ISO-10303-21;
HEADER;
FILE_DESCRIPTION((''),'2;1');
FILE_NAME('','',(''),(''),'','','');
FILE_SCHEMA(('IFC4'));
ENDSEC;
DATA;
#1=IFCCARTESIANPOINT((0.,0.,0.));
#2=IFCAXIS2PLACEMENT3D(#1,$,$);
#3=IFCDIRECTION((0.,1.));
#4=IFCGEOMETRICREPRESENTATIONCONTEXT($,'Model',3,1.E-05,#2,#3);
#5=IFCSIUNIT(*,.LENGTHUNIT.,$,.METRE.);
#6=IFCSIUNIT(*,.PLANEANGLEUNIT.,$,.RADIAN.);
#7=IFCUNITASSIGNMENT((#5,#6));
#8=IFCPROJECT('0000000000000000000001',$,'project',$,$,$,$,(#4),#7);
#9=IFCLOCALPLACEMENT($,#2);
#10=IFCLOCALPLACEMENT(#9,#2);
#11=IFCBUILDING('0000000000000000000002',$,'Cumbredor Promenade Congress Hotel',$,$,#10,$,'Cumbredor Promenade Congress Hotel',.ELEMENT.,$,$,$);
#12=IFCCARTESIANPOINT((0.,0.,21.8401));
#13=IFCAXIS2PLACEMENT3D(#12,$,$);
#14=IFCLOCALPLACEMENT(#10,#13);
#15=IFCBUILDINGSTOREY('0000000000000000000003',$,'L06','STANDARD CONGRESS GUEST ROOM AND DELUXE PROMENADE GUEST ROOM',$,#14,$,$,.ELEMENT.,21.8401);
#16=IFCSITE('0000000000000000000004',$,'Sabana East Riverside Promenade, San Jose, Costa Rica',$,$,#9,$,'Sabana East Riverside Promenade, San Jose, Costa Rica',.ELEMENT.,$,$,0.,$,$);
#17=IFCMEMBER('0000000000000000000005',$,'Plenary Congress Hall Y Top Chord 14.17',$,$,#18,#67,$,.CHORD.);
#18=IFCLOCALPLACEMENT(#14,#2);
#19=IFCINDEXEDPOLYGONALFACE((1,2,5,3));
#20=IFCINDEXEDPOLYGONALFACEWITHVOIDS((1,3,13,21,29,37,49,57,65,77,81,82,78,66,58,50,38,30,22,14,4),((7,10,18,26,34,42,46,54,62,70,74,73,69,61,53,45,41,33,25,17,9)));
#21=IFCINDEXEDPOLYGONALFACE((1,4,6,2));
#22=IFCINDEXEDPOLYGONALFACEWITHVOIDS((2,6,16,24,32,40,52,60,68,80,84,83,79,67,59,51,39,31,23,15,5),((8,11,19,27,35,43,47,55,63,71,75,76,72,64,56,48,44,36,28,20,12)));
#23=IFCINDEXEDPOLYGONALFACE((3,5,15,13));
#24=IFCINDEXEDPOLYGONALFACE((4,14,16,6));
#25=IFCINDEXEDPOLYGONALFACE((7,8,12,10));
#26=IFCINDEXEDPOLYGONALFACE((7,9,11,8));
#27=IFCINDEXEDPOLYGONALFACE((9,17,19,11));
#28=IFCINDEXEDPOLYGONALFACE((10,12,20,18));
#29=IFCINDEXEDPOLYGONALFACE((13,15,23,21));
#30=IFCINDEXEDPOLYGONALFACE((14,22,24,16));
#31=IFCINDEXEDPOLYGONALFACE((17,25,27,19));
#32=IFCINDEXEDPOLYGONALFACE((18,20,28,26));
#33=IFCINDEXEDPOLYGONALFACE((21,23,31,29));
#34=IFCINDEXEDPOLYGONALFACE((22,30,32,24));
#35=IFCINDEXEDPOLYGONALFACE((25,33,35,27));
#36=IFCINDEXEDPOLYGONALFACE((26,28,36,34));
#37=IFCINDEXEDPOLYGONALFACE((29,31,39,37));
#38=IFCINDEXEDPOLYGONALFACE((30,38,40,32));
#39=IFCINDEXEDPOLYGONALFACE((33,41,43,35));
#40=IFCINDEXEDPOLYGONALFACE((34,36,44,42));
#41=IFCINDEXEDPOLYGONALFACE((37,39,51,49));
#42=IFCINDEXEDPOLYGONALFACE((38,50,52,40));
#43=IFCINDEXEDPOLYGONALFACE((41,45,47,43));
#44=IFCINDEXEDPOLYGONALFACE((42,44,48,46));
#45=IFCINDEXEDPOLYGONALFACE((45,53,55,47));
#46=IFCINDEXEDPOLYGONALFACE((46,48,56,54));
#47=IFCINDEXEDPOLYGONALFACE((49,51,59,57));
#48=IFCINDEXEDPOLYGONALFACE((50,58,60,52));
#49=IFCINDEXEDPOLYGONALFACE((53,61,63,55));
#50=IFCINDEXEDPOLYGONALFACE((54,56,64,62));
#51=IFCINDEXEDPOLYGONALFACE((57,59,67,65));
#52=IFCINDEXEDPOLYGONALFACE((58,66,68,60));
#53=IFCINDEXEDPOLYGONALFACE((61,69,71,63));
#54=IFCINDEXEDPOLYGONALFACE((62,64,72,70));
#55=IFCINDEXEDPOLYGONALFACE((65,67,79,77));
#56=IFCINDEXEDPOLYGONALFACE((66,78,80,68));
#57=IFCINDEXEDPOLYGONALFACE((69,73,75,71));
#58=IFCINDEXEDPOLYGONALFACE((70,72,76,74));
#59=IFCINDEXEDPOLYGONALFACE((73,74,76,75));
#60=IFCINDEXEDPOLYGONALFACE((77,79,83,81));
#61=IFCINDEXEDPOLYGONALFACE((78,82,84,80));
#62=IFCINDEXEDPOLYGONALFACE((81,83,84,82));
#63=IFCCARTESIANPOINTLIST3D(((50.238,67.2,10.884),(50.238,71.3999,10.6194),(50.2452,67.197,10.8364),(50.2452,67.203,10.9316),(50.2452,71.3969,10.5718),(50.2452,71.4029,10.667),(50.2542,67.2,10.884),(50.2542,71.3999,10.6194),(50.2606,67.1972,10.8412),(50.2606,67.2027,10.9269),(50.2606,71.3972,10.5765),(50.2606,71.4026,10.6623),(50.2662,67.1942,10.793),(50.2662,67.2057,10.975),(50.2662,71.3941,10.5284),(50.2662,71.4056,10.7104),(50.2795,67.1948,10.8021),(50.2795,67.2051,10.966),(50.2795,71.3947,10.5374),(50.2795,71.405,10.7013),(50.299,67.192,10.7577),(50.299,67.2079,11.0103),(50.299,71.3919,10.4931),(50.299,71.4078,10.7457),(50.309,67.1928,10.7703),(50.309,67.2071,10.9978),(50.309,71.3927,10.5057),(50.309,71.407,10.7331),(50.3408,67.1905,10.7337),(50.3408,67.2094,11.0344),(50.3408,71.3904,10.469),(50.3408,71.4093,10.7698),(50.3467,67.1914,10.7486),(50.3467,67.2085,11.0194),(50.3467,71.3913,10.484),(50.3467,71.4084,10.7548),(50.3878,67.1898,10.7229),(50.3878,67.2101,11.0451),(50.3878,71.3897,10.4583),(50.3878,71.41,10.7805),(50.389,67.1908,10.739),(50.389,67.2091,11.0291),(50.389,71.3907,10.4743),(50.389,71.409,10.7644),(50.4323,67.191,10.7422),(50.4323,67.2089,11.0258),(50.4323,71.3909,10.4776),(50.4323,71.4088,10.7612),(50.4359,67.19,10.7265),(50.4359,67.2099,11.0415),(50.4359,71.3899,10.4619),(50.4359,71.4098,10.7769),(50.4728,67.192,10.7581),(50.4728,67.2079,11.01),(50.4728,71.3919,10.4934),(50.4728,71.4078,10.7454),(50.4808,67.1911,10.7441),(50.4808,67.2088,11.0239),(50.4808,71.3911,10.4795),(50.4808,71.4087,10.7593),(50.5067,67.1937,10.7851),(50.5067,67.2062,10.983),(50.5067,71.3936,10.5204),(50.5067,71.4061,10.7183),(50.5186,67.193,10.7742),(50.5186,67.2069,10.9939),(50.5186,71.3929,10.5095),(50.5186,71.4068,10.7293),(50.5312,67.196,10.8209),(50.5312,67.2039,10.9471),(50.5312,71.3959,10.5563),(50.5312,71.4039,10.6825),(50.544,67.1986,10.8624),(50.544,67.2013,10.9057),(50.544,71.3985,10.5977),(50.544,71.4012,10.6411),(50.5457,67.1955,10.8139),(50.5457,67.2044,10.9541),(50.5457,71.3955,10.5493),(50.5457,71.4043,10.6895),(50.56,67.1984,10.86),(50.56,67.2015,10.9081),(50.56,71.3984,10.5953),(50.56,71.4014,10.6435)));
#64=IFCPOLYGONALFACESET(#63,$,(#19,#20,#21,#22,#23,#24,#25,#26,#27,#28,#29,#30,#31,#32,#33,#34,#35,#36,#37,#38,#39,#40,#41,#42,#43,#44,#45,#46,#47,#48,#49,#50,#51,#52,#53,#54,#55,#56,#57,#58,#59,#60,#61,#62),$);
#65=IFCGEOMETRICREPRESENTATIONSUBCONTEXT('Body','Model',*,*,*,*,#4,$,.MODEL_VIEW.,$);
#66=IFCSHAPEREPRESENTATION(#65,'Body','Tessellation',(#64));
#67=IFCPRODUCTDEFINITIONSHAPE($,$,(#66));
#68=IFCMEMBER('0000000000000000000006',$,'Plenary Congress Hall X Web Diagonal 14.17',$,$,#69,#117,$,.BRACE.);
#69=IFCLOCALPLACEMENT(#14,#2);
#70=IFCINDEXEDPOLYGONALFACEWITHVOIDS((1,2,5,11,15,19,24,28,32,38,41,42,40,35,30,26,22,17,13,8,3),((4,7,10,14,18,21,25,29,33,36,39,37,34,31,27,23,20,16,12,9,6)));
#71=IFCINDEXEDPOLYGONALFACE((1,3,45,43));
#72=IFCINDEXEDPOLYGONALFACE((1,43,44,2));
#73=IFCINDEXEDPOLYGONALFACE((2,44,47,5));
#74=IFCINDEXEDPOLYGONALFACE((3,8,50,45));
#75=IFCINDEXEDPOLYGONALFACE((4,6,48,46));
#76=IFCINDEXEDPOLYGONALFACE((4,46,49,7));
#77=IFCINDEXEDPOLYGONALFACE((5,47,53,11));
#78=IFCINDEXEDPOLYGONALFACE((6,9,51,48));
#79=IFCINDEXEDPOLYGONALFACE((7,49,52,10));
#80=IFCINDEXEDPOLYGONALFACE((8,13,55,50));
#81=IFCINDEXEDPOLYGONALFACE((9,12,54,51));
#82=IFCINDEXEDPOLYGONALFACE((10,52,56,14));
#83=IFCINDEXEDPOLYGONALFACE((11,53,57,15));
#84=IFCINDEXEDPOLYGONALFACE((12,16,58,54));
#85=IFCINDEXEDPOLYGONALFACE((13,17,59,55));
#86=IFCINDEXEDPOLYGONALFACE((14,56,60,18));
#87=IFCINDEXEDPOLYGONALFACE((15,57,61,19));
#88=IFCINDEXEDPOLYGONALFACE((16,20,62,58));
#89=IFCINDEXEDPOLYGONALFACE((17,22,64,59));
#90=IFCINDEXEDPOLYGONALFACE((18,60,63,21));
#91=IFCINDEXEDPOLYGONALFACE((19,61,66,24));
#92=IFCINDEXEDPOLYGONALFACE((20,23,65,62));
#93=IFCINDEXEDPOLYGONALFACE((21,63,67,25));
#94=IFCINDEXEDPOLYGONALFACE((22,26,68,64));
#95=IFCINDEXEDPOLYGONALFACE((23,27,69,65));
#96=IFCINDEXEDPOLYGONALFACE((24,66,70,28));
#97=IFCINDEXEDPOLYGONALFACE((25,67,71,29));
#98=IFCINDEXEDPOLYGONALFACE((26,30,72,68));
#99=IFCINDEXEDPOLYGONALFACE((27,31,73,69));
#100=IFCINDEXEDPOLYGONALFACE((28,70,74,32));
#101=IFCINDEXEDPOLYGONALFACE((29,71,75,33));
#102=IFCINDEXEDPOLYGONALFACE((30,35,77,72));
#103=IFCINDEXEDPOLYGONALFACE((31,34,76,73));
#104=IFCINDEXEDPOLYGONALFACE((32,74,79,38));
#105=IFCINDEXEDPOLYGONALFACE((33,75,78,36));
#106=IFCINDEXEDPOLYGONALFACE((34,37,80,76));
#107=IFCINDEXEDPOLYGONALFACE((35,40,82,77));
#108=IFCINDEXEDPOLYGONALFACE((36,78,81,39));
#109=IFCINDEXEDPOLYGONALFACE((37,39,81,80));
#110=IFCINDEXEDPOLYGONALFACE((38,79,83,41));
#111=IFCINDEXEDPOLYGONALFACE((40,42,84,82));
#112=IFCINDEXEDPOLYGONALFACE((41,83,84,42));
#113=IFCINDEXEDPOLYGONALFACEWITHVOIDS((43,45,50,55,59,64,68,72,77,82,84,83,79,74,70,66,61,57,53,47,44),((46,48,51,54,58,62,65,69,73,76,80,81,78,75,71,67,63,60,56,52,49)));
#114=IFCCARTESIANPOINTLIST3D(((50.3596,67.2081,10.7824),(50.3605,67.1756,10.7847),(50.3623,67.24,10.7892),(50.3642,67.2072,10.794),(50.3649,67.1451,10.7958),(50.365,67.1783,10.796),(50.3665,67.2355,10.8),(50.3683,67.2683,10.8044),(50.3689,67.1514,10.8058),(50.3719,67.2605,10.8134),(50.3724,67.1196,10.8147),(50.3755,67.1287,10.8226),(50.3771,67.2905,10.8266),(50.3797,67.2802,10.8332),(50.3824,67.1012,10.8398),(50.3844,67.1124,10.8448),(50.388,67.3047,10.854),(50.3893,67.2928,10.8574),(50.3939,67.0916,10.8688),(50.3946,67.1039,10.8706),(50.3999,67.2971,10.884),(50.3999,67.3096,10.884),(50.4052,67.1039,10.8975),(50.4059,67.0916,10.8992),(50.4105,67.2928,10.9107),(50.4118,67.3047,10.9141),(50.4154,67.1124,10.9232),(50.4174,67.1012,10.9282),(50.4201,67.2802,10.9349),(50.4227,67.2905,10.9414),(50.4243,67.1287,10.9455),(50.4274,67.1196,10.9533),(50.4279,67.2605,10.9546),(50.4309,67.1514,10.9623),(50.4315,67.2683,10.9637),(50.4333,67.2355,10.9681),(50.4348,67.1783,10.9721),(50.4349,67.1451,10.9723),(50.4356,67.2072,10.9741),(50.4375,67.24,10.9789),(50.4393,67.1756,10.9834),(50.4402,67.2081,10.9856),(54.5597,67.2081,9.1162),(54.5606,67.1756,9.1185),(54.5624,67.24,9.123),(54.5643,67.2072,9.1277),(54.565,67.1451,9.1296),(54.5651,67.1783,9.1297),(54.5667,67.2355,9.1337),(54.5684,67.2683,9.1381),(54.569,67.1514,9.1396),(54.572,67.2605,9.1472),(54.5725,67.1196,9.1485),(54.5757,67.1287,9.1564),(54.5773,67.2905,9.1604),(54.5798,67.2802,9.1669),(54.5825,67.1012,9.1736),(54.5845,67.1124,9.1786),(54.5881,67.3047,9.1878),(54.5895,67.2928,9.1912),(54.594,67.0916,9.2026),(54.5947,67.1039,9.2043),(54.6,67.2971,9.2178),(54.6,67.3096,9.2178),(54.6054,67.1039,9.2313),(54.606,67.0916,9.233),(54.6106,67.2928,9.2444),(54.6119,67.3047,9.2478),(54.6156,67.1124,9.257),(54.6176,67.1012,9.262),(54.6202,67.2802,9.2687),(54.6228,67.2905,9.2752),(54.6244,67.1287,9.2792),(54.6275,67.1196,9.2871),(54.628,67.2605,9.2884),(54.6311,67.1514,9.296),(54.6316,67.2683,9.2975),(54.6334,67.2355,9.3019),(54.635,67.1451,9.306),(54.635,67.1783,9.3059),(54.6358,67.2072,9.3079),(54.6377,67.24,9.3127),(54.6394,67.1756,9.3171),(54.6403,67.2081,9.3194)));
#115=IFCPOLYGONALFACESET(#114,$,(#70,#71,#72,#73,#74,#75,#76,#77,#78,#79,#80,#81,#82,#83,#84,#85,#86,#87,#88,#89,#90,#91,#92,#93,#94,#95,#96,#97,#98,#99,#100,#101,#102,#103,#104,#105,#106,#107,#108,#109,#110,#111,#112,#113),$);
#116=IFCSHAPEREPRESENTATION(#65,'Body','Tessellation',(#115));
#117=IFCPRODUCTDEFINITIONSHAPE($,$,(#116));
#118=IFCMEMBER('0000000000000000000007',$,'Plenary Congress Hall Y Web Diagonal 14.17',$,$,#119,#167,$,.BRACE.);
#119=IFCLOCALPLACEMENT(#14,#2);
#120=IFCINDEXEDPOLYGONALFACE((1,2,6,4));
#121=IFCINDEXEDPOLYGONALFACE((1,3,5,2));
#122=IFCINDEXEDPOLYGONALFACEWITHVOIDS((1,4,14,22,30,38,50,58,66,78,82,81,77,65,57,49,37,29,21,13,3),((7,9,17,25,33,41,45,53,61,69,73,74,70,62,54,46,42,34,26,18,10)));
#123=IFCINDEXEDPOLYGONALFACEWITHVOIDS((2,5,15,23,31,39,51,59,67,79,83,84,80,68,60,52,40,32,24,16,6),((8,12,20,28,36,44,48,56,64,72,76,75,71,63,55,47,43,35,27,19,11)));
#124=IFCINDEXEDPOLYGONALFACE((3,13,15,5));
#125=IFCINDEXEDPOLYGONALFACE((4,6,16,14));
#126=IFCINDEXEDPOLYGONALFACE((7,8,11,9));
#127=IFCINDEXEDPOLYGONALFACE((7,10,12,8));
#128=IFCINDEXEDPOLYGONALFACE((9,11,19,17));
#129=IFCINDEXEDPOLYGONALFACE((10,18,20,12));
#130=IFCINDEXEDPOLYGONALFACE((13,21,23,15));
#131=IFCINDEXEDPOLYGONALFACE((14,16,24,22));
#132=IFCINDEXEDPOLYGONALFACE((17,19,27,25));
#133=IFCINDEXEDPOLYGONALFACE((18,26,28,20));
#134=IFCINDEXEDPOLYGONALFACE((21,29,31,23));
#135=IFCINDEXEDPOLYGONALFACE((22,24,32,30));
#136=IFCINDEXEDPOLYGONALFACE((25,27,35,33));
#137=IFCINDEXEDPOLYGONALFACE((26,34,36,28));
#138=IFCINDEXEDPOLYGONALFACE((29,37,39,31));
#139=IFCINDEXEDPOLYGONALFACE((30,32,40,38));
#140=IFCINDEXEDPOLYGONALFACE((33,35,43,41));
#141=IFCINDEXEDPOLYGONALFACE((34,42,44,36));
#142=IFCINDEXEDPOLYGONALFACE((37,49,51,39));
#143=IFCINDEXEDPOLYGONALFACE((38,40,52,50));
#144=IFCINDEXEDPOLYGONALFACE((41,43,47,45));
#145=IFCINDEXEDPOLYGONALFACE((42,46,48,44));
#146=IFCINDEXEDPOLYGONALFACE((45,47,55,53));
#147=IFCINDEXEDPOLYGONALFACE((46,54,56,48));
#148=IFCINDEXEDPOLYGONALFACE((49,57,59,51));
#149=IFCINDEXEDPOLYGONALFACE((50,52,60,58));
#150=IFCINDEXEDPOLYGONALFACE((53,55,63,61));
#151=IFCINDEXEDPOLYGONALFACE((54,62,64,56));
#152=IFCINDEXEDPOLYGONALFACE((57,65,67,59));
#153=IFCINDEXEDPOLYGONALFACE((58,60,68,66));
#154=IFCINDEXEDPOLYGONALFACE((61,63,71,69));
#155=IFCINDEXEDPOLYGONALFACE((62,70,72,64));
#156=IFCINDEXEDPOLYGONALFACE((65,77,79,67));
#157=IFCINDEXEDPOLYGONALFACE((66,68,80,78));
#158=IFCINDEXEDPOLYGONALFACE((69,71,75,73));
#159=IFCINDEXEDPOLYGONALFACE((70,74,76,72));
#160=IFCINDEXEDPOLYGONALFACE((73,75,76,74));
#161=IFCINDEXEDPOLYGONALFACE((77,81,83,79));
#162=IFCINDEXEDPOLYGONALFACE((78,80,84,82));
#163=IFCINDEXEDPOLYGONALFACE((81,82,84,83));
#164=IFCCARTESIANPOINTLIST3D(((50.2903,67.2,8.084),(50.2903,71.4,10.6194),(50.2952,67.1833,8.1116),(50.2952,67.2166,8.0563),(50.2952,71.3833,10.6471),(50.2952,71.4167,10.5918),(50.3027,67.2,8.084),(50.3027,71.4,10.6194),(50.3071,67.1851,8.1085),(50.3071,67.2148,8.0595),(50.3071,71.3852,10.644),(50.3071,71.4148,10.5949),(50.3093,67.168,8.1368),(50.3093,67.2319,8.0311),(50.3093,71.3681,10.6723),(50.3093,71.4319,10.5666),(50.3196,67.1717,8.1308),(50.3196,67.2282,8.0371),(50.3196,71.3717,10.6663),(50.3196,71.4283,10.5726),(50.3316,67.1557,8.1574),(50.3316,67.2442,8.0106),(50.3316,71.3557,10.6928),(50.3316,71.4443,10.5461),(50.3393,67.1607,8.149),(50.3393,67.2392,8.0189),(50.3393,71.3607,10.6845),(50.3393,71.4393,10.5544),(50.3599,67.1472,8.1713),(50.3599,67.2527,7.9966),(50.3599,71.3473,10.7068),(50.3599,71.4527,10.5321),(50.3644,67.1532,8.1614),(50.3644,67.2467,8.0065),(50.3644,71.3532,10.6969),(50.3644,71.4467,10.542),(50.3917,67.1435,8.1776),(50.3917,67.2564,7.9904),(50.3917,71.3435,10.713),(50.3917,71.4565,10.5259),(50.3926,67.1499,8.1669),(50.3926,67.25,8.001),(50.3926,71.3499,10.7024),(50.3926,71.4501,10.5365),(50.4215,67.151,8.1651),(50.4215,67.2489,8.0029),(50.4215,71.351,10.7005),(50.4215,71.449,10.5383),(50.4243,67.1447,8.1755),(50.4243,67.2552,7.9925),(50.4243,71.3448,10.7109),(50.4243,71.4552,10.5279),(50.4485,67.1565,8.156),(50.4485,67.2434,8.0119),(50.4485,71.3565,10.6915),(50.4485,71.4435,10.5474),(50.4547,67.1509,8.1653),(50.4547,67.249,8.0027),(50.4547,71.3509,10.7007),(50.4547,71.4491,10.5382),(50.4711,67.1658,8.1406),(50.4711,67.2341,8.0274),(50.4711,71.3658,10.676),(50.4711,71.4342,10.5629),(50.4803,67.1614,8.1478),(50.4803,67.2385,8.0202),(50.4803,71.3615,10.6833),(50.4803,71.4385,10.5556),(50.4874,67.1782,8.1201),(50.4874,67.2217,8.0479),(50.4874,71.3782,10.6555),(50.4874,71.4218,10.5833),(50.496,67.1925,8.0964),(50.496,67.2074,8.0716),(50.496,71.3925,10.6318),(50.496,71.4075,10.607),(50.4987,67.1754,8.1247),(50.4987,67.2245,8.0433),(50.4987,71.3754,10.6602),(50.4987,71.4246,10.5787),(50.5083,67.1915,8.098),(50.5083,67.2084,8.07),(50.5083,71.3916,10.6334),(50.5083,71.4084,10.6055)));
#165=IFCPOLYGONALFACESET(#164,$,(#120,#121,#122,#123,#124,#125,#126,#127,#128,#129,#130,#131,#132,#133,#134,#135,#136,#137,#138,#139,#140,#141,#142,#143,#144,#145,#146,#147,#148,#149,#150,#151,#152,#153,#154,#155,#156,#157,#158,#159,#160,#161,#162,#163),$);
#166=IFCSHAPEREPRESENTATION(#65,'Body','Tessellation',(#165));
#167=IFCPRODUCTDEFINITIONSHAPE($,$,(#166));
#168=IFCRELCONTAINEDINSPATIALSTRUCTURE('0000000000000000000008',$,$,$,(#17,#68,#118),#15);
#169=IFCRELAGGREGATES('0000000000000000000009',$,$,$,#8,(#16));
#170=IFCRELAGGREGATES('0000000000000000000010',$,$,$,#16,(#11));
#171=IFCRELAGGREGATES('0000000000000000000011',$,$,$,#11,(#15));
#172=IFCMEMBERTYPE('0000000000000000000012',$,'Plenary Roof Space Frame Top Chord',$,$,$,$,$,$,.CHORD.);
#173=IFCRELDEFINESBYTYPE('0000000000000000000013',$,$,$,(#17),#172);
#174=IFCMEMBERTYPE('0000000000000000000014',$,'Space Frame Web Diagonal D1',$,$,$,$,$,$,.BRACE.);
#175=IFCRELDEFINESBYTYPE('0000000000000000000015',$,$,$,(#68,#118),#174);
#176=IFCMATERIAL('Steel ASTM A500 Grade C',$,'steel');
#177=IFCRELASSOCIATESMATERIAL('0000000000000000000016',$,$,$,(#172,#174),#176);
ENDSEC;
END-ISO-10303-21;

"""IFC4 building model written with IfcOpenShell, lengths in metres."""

from ifc_helpers import new_model, si_unit, direction, frame, origin, origin_2d, place, context, subcontext, project, spatial, hollow_circle, extrude, material, material_profile, profile_set, type_object, element, save


model = new_model("IFC4")

# Units and contexts
model_context = context("Model", 3, precision=1e-05, world=origin(), true_north=direction((0.0, 1.0)))
body_context = subcontext(model_context, "Body", "Model", "MODEL_VIEW")
ifc_project = project(units=[si_unit("LENGTHUNIT", "METRE"), si_unit("PLANEANGLEUNIT", "RADIAN")], contexts=[model_context])

# Site, building, storey
site_placement = place(None, origin())
site = spatial("IfcSite", under=ifc_project, at=site_placement, Name="Sabana East Riverside Promenade, San Jose, Costa Rica", LongName="Sabana East Riverside Promenade, San Jose, Costa Rica", CompositionType="ELEMENT", RefElevation=0.0)
building_placement = place(site_placement, origin())
building = spatial("IfcBuilding", under=site, at=building_placement, Name="Cumbredor Promenade Congress Hotel", LongName="Cumbredor Promenade Congress Hotel", CompositionType="ELEMENT")
storey_placement = place(building_placement, frame((0.0, 0.0, 21.8401)))
storey = spatial("IfcBuildingStorey", under=building, at=storey_placement, Name="L06", Description="STANDARD CONGRESS GUEST ROOM AND DELUXE PROMENADE GUEST ROOM", CompositionType="ELEMENT", Elevation=21.8401)

# Members
ifc_material_1 = material(Name="Steel ASTM A500 Grade C", Category="steel")
ifc_material_profile_1 = material_profile(ifc_material_1, hollow_circle(Radius=0.1619, WallThickness=0.0161, at=origin_2d()), Name="CHS 323.9x16")
ifc_profile_set_1 = profile_set([ifc_material_profile_1], Name="Steel ASTM A500 Grade C")
member_type_1 = type_object("IfcMemberType", Name="Plenary Roof Space Frame Top Chord", PredefinedType="CHORD", material=ifc_profile_set_1)
member_1_placement = place(storey_placement, frame((50.3999, 67.2, 10.884), z_axis=(0.0, 0.998021, -0.062888), x_axis=(-1.0, 0.0, 0.0)))
element("IfcMember", 1, at=member_1_placement, inside=storey, type_object=member_type_1, Name="Plenary Congress Hall Y Top Chord 14.17", PredefinedType="CHORD", context=body_context, shape_type="SweptSolid", body=[
    extrude(hollow_circle(Radius=0.1619, WallThickness=0.0161, at=origin_2d()), origin(), (0.0, 0.0, 1.0), 4.2083),
])
ifc_material_profile_2 = material_profile(ifc_material_1, hollow_circle(Radius=0.1096, WallThickness=0.0125, at=origin_2d()), Name="CHS 219.1x12.5")
ifc_profile_set_2 = profile_set([ifc_material_profile_2], Name="Steel ASTM A500 Grade C")
member_type_2 = type_object("IfcMemberType", Name="Space Frame Web Diagonal D1", PredefinedType="BRACE", material=ifc_profile_set_2)
member_2_placement = place(storey_placement, frame((50.3999, 67.2, 10.884), z_axis=(0.929527, 0.0, -0.368753), x_axis=(0.0, 1.0, 0.0)))
element("IfcMember", 2, at=member_2_placement, inside=storey, type_object=member_type_2, Name="Plenary Congress Hall X Web Diagonal 14.17", PredefinedType="BRACE", context=body_context, shape_type="SweptSolid", body=[
    extrude(hollow_circle(Radius=0.1096, WallThickness=0.0125, at=origin_2d()), origin(), (0.0, 0.0, 1.0), 4.5186),
])
member_3_placement = place(storey_placement, frame((50.3999, 67.2, 8.084), z_axis=(0.0, 0.856102, 0.516806), x_axis=(-1.0, 0.0, 0.0)))
element("IfcMember", 3, at=member_3_placement, inside=storey, type_object=member_type_2, Name="Plenary Congress Hall Y Web Diagonal 14.17", PredefinedType="BRACE", context=body_context, shape_type="SweptSolid", body=[
    extrude(hollow_circle(Radius=0.1096, WallThickness=0.0125, at=origin_2d()), origin(), (0.0, 0.0, 1.0), 4.906),
])

save(model, "model.ifc")
